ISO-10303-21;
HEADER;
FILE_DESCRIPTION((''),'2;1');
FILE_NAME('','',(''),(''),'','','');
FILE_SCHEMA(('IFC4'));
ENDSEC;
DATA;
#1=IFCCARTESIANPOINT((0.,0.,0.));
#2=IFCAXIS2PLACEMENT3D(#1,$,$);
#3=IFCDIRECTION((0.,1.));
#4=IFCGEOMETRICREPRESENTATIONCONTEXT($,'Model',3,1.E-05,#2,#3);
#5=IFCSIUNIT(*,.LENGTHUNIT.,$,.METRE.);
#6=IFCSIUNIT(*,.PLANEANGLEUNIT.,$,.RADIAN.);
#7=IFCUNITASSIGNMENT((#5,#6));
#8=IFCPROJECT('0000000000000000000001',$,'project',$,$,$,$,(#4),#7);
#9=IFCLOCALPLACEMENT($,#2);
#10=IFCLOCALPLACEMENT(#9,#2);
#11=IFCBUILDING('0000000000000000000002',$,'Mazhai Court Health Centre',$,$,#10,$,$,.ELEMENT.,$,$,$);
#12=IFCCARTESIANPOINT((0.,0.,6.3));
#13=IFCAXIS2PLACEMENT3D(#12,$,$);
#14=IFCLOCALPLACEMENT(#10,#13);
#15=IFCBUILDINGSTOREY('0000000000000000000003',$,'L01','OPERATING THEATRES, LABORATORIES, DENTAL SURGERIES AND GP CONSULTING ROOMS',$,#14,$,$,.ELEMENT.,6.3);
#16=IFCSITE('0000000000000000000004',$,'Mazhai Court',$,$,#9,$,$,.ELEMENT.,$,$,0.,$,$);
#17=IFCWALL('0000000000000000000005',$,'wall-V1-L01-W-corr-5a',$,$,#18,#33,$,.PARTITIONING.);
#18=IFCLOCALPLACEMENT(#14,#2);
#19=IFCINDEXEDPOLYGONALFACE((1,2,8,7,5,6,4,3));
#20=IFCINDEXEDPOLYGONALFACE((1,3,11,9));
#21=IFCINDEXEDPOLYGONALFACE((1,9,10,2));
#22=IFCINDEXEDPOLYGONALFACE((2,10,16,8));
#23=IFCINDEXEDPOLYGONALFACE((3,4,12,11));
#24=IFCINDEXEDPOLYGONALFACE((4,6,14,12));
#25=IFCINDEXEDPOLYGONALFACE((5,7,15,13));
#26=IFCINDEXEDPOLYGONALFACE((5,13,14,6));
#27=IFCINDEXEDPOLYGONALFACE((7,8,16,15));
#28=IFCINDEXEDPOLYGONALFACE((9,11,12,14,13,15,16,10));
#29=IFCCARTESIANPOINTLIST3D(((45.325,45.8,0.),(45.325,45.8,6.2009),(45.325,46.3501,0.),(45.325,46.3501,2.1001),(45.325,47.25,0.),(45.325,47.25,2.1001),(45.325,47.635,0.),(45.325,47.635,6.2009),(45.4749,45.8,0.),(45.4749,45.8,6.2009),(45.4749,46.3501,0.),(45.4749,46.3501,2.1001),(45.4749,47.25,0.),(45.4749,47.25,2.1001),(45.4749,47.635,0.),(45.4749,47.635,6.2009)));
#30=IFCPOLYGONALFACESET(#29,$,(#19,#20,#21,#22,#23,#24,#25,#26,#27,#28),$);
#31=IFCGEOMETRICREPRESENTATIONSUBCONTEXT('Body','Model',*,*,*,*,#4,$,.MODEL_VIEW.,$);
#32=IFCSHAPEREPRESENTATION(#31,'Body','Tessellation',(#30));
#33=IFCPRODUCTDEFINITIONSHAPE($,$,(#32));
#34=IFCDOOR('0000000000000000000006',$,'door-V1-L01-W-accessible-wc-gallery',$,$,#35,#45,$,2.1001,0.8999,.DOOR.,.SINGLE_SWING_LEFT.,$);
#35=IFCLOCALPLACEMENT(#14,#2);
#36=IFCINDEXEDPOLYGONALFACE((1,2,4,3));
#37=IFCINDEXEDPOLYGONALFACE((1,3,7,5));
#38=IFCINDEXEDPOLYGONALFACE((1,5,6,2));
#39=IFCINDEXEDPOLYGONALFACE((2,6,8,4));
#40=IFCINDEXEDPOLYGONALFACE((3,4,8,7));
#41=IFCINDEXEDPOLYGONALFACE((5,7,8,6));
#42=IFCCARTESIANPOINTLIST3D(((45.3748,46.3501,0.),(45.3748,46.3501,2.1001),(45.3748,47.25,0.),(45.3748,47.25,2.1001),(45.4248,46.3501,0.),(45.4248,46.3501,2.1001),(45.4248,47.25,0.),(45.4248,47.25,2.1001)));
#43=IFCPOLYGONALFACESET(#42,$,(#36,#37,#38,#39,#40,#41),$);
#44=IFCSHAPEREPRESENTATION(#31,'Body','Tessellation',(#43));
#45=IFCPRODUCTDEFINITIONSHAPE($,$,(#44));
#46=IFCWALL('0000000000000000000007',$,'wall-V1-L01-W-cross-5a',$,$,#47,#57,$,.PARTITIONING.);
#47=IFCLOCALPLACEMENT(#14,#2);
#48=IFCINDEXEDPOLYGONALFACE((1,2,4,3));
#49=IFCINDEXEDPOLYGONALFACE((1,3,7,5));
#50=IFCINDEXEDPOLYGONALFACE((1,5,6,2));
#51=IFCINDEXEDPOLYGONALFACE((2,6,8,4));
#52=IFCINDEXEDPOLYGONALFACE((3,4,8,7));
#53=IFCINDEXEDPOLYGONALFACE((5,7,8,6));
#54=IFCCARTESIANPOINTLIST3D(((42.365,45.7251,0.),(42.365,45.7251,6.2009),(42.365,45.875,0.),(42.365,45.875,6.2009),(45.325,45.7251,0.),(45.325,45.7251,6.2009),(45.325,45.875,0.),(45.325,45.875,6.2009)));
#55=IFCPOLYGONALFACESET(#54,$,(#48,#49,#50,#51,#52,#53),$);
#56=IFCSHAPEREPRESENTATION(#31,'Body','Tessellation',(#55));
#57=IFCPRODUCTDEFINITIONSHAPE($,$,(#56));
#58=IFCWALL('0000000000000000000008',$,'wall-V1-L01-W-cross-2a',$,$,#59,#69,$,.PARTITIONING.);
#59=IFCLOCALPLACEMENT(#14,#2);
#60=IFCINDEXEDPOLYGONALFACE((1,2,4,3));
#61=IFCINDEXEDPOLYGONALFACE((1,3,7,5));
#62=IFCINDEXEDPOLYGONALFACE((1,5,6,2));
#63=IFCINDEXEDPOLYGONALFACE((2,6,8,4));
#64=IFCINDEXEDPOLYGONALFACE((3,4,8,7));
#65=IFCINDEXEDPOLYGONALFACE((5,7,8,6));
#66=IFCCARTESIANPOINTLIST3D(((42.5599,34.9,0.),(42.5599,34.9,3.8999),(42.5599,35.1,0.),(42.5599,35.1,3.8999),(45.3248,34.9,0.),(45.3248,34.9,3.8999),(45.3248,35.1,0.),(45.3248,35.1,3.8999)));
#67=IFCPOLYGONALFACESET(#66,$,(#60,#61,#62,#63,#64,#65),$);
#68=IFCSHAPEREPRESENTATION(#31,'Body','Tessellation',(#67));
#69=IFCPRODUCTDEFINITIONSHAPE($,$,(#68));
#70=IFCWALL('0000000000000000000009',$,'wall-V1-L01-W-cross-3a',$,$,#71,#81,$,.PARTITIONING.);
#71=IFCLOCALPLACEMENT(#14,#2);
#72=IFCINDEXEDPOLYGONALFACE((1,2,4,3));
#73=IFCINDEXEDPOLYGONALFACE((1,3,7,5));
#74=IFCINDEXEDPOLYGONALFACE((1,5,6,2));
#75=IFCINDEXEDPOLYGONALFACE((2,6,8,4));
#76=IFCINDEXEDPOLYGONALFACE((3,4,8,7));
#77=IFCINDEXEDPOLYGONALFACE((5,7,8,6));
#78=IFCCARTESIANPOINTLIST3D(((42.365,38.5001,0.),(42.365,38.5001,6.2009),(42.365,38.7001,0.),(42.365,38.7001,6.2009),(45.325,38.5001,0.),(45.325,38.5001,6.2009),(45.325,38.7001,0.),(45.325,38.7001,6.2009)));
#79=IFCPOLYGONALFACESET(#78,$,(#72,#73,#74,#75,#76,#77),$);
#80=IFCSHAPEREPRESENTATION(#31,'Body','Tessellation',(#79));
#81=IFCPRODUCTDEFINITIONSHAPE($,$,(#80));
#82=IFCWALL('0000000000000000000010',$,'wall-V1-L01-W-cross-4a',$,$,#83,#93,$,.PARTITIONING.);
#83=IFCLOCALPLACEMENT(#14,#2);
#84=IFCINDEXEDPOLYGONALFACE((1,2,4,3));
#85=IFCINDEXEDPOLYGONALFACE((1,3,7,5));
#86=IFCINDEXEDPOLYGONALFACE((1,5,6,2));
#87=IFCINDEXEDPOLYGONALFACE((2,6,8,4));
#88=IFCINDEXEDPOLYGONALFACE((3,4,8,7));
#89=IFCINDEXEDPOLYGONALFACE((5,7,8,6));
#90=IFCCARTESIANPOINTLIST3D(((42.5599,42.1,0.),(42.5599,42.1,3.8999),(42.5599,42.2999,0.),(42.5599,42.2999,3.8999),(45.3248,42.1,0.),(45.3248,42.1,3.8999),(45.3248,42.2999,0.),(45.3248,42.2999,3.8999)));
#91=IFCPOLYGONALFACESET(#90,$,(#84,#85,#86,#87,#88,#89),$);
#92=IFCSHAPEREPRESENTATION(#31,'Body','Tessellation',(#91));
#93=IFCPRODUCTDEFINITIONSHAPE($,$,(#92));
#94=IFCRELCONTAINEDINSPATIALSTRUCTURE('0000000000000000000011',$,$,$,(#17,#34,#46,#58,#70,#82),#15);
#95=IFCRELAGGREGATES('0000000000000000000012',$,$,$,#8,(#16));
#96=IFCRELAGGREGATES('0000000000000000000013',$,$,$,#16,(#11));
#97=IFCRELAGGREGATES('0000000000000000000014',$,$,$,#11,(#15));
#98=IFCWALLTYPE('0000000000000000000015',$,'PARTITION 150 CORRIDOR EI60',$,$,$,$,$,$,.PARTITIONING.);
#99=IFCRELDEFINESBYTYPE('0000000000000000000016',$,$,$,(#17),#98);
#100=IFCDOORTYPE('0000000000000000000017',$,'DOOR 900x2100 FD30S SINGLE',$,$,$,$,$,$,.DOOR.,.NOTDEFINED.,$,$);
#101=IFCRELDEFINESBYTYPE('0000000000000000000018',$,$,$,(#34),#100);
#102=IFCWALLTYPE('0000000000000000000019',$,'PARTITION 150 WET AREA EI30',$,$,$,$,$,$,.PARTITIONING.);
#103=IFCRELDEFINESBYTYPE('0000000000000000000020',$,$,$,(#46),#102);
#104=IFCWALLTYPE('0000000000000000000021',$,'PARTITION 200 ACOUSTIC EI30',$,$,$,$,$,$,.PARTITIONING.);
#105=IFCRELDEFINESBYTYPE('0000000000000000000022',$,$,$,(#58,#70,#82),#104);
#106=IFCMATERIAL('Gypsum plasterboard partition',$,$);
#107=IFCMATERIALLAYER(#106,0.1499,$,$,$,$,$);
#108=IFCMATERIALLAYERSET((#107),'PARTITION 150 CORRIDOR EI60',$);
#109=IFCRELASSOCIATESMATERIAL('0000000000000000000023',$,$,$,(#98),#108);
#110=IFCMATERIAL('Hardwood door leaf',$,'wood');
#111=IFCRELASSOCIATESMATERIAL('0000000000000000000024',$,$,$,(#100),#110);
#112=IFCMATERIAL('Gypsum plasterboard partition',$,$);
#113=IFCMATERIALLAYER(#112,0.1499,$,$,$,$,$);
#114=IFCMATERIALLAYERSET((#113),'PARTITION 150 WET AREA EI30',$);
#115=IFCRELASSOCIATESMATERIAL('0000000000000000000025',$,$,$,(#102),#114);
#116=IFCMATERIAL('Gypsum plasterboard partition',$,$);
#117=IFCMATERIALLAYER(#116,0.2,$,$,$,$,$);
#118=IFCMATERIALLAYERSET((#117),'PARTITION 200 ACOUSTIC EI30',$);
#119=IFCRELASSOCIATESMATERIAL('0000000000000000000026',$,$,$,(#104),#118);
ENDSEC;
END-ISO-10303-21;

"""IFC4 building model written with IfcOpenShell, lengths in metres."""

from ifc_helpers import new_model, si_unit, direction, frame, frame_2d, origin, place, context, subcontext, project, spatial, rectangle, extrude, material, layer, layer_set, type_object, element, fill, save


model = new_model("IFC4")

# Units and contexts
model_context = context("Model", 3, precision=1e-05, world=origin(), true_north=direction((0.0, 1.0)))
body_context = subcontext(model_context, "Body", "Model", "MODEL_VIEW")
ifc_project = project(units=[si_unit("LENGTHUNIT", "METRE"), si_unit("PLANEANGLEUNIT", "RADIAN")], contexts=[model_context])

# Site, building, storey
site_placement = place(None, origin())
site = spatial("IfcSite", under=ifc_project, at=site_placement, Name="Mazhai Court", CompositionType="ELEMENT", RefElevation=0.0)
building_placement = place(site_placement, origin())
building = spatial("IfcBuilding", under=site, at=building_placement, Name="Mazhai Court Health Centre", CompositionType="ELEMENT")
storey_placement = place(building_placement, frame((0.0, 0.0, 6.3)))
storey = spatial("IfcBuildingStorey", under=building, at=storey_placement, Name="L01", Description="OPERATING THEATRES, LABORATORIES, DENTAL SURGERIES AND GP CONSULTING ROOMS", CompositionType="ELEMENT", Elevation=6.3)

# Wall, opening, door
ifc_material_1 = material(Name="Gypsum plasterboard partition")
ifc_layer_1 = layer(ifc_material_1, 0.1499)
ifc_layer_set_1 = layer_set([ifc_layer_1], Name="PARTITION 150 CORRIDOR EI60")
wall_type_1 = type_object("IfcWallType", Name="PARTITION 150 CORRIDOR EI60", PredefinedType="PARTITIONING", material=ifc_layer_set_1)
wall_1_placement = place(storey_placement, frame((45.3999, 47.635, 0.0), z_axis=(0.0, 0.0, 1.0), x_axis=(0.0, -1.0, 0.0)))
wall_1 = element("IfcWall", 1, at=wall_1_placement, inside=storey, type_object=wall_type_1, Name="wall-V1-L01-W-corr-5a", PredefinedType="PARTITIONING", context=body_context, shape_type="SweptSolid", body=[
    extrude(rectangle(XDim=1.835, YDim=0.1499, at=frame_2d((0.9175, 0.0))), origin(), (0.0, 0.0, 1.0), 6.2009),
])
opening_1_placement = place(wall_1_placement, frame((0.385, 0.0, 0.0)))
opening_1 = element("IfcOpeningElement", 2, at=opening_1_placement, cuts=wall_1, PredefinedType="OPENING", context=body_context, shape_type="SweptSolid", body=[
    extrude(rectangle(XDim=0.8999, YDim=2.1001, at=frame_2d((0.45, 1.05))), frame((0.0, 0.085, 0.0), z_axis=(0.0, -1.0, 0.0), x_axis=(1.0, 0.0, 0.0)), (0.0, 0.0, 1.0), 0.1699),
])
ifc_material_2 = material(Name="Hardwood door leaf", Category="wood")
door_type_1 = type_object("IfcDoorType", Name="DOOR 900x2100 FD30S SINGLE", OperationType="NOTDEFINED", PredefinedType="DOOR", material=ifc_material_2)
door_1_placement = place(opening_1_placement, origin())
door_1 = element("IfcDoor", 3, at=door_1_placement, inside=storey, type_object=door_type_1, Name="door-V1-L01-W-accessible-wc-gallery", OperationType="SINGLE_SWING_LEFT", OverallHeight=2.1001, OverallWidth=0.8999, PredefinedType="DOOR", context=body_context, shape_type="SweptSolid", body=[
    extrude(rectangle(XDim=0.8999, YDim=2.1001, at=frame_2d((0.45, 1.05))), frame((0.0, 0.0249, 0.0), z_axis=(0.0, -1.0, 0.0), x_axis=(1.0, 0.0, 0.0)), (0.0, 0.0, 1.0), 0.05),
])
fill(opening_1, door_1)

# Walls
ifc_material_3 = material(Name="Gypsum plasterboard partition")
ifc_layer_2 = layer(ifc_material_3, 0.1499)
ifc_layer_set_2 = layer_set([ifc_layer_2], Name="PARTITION 150 WET AREA EI30")
wall_type_2 = type_object("IfcWallType", Name="PARTITION 150 WET AREA EI30", PredefinedType="PARTITIONING", material=ifc_layer_set_2)
wall_2_placement = place(storey_placement, frame((42.365, 45.8, 0.0), z_axis=(0.0, 0.0, 1.0), x_axis=(1.0, 0.0, 0.0)))
element("IfcWall", 4, at=wall_2_placement, inside=storey, type_object=wall_type_2, Name="wall-V1-L01-W-cross-5a", PredefinedType="PARTITIONING", context=body_context, shape_type="SweptSolid", body=[
    extrude(rectangle(XDim=2.96, YDim=0.1499, at=frame_2d((1.48, 0.0))), origin(), (0.0, 0.0, 1.0), 6.2009),
])
ifc_material_4 = material(Name="Gypsum plasterboard partition")
ifc_layer_3 = layer(ifc_material_4, 0.2)
ifc_layer_set_3 = layer_set([ifc_layer_3], Name="PARTITION 200 ACOUSTIC EI30")
wall_type_3 = type_object("IfcWallType", Name="PARTITION 200 ACOUSTIC EI30", PredefinedType="PARTITIONING", material=ifc_layer_set_3)
wall_3_placement = place(storey_placement, frame((42.5601, 35.0, 0.0), z_axis=(0.0, 0.0, 1.0), x_axis=(1.0, 0.0, 0.0)))
element("IfcWall", 5, at=wall_3_placement, inside=storey, type_object=wall_type_3, Name="wall-V1-L01-W-cross-2a", PredefinedType="PARTITIONING", context=body_context, shape_type="SweptSolid", body=[
    extrude(rectangle(XDim=2.7649, YDim=0.2, at=frame_2d((1.3823, 0.0))), origin(), (0.0, 0.0, 1.0), 3.8999),
])
wall_4_placement = place(storey_placement, frame((42.365, 38.6001, 0.0), z_axis=(0.0, 0.0, 1.0), x_axis=(1.0, 0.0, 0.0)))
element("IfcWall", 6, at=wall_4_placement, inside=storey, type_object=wall_type_3, Name="wall-V1-L01-W-cross-3a", PredefinedType="PARTITIONING", context=body_context, shape_type="SweptSolid", body=[
    extrude(rectangle(XDim=2.96, YDim=0.2, at=frame_2d((1.48, 0.0))), origin(), (0.0, 0.0, 1.0), 6.2009),
])
wall_5_placement = place(storey_placement, frame((42.5601, 42.2, 0.0), z_axis=(0.0, 0.0, 1.0), x_axis=(1.0, 0.0, 0.0)))
element("IfcWall", 7, at=wall_5_placement, inside=storey, type_object=wall_type_3, Name="wall-V1-L01-W-cross-4a", PredefinedType="PARTITIONING", context=body_context, shape_type="SweptSolid", body=[
    extrude(rectangle(XDim=2.7649, YDim=0.2, at=frame_2d((1.3823, 0.0))), origin(), (0.0, 0.0, 1.0), 3.8999),
])

save(model, "model.ifc")
